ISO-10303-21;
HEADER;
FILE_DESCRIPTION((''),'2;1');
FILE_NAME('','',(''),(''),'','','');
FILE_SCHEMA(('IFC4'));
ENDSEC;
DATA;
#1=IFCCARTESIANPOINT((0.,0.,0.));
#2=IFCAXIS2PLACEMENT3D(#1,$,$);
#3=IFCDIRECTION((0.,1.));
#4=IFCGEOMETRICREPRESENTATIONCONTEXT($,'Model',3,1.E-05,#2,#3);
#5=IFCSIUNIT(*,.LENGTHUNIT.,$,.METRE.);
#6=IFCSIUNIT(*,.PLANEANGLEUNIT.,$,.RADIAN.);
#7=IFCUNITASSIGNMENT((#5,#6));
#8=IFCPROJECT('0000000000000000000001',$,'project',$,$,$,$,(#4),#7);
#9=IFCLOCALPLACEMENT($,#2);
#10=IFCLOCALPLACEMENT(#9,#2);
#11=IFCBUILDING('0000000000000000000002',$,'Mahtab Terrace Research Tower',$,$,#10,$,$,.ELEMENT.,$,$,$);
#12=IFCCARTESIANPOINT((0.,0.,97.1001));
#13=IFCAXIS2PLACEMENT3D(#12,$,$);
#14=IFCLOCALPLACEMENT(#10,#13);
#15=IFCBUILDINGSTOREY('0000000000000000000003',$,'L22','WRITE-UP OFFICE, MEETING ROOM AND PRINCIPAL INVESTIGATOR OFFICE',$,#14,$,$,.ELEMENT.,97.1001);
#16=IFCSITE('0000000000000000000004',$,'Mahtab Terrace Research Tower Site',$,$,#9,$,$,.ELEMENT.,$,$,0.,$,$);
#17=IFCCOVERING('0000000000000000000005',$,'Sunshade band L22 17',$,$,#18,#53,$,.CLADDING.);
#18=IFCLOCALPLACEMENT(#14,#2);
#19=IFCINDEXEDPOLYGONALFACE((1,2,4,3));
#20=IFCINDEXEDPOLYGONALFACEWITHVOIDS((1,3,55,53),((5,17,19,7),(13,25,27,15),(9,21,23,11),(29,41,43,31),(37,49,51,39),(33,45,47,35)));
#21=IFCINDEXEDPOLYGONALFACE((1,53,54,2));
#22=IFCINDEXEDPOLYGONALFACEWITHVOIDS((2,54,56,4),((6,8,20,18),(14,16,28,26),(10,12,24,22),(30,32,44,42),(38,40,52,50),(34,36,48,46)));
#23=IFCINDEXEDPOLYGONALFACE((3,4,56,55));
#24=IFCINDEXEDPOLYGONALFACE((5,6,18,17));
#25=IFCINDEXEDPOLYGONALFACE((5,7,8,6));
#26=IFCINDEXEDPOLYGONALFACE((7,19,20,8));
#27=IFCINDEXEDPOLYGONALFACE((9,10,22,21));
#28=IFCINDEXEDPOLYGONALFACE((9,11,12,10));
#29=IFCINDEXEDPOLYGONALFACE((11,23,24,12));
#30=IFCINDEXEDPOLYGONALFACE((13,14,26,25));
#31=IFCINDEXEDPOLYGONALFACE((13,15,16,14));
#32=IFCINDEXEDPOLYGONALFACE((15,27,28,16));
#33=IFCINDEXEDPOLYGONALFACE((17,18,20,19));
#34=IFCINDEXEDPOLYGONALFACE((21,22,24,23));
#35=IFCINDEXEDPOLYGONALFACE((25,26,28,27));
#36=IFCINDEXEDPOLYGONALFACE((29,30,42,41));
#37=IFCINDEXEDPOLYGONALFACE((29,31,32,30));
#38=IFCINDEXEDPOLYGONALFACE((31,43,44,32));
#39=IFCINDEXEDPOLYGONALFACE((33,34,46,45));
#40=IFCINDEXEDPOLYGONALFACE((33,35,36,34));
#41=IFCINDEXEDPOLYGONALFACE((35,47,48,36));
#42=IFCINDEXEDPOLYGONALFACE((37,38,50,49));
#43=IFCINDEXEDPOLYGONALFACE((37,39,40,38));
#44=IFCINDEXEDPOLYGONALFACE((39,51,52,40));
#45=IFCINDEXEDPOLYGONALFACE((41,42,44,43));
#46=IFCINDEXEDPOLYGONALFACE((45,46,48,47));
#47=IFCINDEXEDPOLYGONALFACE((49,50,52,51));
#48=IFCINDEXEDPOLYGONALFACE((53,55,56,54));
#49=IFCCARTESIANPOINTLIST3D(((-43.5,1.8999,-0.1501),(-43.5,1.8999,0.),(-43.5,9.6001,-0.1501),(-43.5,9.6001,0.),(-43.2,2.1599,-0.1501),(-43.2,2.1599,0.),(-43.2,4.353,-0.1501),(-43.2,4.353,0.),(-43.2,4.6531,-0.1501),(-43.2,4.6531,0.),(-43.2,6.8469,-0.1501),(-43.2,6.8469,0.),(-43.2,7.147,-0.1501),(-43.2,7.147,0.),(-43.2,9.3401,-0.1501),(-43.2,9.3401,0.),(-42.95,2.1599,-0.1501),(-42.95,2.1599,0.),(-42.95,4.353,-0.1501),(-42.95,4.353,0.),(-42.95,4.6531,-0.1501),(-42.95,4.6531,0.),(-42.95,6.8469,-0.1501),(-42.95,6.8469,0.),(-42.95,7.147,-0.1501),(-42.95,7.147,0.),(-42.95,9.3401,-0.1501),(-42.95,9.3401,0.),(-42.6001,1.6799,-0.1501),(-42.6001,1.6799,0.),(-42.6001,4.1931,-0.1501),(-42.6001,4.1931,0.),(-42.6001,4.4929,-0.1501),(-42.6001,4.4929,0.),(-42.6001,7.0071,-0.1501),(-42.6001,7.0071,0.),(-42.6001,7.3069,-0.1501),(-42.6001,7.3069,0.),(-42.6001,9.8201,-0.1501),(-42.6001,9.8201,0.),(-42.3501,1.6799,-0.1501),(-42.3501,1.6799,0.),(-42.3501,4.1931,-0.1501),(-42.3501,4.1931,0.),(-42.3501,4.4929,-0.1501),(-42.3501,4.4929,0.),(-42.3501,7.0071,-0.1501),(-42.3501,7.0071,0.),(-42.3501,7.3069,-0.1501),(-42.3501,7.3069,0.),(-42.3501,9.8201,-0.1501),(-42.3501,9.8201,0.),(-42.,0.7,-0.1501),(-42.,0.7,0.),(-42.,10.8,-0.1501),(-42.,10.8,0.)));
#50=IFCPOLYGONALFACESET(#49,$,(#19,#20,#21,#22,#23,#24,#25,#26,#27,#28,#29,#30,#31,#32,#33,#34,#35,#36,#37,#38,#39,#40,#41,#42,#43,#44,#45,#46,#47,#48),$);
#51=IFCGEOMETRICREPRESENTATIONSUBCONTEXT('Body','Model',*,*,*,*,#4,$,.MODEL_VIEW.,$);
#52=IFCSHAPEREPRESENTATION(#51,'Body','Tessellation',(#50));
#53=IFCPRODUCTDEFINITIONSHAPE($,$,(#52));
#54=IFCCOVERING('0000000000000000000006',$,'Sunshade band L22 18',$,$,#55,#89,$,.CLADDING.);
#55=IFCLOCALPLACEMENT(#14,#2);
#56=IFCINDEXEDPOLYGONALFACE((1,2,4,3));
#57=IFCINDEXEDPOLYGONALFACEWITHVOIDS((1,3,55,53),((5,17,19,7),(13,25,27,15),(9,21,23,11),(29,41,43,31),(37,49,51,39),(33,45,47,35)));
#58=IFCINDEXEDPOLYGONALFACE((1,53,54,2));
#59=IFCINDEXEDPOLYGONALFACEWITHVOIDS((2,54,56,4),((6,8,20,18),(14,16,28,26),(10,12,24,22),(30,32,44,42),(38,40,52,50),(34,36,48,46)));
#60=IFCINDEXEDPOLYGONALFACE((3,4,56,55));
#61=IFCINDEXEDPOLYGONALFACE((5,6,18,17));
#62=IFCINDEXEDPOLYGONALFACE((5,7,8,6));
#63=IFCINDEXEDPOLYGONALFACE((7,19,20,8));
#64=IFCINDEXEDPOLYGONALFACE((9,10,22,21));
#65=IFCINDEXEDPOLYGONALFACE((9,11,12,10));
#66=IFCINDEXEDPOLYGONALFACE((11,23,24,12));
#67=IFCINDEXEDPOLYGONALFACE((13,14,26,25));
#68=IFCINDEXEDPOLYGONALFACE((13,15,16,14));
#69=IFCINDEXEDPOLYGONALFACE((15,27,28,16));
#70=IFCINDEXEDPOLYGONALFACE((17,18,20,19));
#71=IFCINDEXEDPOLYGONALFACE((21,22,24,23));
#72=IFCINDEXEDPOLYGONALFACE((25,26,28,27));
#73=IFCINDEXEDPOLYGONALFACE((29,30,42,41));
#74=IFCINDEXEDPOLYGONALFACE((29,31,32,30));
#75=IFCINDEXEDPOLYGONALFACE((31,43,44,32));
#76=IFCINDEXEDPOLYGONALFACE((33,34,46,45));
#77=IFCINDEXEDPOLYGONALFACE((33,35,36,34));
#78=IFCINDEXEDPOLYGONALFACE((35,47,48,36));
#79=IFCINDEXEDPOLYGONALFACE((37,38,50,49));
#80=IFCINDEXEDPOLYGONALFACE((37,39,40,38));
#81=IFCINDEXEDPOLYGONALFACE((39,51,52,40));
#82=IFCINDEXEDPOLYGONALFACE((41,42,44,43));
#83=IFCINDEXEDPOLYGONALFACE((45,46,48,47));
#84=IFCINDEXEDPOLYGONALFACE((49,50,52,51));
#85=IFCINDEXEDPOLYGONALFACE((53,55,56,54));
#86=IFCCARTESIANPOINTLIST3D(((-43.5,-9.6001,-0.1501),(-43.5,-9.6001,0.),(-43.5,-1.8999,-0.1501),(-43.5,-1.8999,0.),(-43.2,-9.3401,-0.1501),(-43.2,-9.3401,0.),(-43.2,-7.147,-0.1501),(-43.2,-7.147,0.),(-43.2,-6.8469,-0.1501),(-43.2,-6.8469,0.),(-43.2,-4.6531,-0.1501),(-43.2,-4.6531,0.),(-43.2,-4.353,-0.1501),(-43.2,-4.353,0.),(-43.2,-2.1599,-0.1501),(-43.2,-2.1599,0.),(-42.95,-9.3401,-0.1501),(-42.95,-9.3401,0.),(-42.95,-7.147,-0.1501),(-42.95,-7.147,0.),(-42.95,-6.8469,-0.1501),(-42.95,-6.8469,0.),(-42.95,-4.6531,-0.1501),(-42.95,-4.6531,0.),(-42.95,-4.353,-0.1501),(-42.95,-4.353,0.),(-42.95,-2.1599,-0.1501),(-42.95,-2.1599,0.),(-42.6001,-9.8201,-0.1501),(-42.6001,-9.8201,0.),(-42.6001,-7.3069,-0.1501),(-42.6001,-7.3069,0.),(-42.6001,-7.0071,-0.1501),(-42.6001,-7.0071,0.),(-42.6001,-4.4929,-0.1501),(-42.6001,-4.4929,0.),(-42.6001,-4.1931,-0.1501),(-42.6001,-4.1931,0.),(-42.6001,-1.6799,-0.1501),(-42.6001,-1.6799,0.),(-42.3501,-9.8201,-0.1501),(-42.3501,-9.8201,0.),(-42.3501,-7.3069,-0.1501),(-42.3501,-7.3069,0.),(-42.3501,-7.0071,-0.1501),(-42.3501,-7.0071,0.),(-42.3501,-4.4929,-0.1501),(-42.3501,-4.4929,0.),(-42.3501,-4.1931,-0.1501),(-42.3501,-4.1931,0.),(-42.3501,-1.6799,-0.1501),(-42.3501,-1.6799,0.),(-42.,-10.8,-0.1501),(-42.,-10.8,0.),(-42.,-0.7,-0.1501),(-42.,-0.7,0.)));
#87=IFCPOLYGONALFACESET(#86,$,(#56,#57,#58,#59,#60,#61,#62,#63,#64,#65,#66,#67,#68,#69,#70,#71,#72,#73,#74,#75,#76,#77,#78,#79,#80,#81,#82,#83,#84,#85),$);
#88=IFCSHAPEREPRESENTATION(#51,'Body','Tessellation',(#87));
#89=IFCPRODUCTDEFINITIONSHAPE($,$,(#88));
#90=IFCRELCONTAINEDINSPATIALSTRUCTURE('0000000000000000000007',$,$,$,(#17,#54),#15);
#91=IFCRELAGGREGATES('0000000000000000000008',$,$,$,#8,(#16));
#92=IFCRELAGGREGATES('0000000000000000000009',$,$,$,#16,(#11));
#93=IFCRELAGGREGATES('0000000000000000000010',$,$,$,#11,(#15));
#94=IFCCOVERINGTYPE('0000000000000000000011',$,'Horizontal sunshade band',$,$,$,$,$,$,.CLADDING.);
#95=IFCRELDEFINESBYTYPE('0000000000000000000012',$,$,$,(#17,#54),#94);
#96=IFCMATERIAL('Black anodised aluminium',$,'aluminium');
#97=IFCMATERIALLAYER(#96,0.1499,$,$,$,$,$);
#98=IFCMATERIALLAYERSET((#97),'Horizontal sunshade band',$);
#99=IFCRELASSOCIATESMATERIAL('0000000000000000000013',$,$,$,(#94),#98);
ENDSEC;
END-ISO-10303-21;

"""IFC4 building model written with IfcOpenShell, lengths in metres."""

from ifc_helpers import new_model, si_unit, direction, frame, origin, place, context, subcontext, project, spatial, polyline, outline, extrude, material, layer, layer_set, type_object, element, save


model = new_model("IFC4")

# Units and contexts
model_context = context("Model", 3, precision=1e-05, world=origin(), true_north=direction((0.0, 1.0)))
body_context = subcontext(model_context, "Body", "Model", "MODEL_VIEW")
ifc_project = project(units=[si_unit("LENGTHUNIT", "METRE"), si_unit("PLANEANGLEUNIT", "RADIAN")], contexts=[model_context])

# Site, building, storey
site_placement = place(None, origin())
site = spatial("IfcSite", under=ifc_project, at=site_placement, Name="Mahtab Terrace Research Tower Site", CompositionType="ELEMENT", RefElevation=0.0)
building_placement = place(site_placement, origin())
building = spatial("IfcBuilding", under=site, at=building_placement, Name="Mahtab Terrace Research Tower", CompositionType="ELEMENT")
storey_placement = place(building_placement, frame((0.0, 0.0, 97.1001)))
storey = spatial("IfcBuildingStorey", under=building, at=storey_placement, Name="L22", Description="WRITE-UP OFFICE, MEETING ROOM AND PRINCIPAL INVESTIGATOR OFFICE", CompositionType="ELEMENT", Elevation=97.1001)

# Coverings
ifc_material_1 = material(Name="Black anodised aluminium", Category="aluminium")
ifc_layer_1 = layer(ifc_material_1, 0.1499)
ifc_layer_set_1 = layer_set([ifc_layer_1], Name="Horizontal sunshade band")
covering_type_1 = type_object("IfcCoveringType", Name="Horizontal sunshade band", PredefinedType="CLADDING", material=ifc_layer_set_1)
covering_1_placement = place(storey_placement, frame((0.0, 0.0, -0.1501)))
element("IfcCovering", 1, at=covering_1_placement, inside=storey, type_object=covering_type_1, Name="Sunshade band L22 17", PredefinedType="CLADDING", context=body_context, shape_type="SweptSolid", body=[
    extrude(outline(polyline([(-42.0, 10.8), (-42.0, 0.7), (-43.5, 1.8999), (-43.5, 9.6001), (-42.0, 10.8)]), holes=[polyline([(-42.3501, 9.8201), (-42.3501, 7.3069), (-42.6001, 7.3069), (-42.6001, 9.8201), (-42.3501, 9.8201)]), polyline([(-42.3501, 7.0071), (-42.3501, 4.4929), (-42.6001, 4.4929), (-42.6001, 7.0071), (-42.3501, 7.0071)]), polyline([(-42.3501, 4.1931), (-42.3501, 1.6799), (-42.6001, 1.6799), (-42.6001, 4.1931), (-42.3501, 4.1931)]), polyline([(-42.95, 9.3401), (-42.95, 7.147), (-43.2, 7.147), (-43.2, 9.3401), (-42.95, 9.3401)]), polyline([(-42.95, 6.8469), (-42.95, 4.6531), (-43.2, 4.6531), (-43.2, 6.8469), (-42.95, 6.8469)]), polyline([(-42.95, 4.353), (-42.95, 2.1599), (-43.2, 2.1599), (-43.2, 4.353), (-42.95, 4.353)])]), origin(), (0.0, 0.0, 1.0), 0.1501),
])
covering_2_placement = place(storey_placement, frame((0.0, 0.0, -0.1501)))
element("IfcCovering", 2, at=covering_2_placement, inside=storey, type_object=covering_type_1, Name="Sunshade band L22 18", PredefinedType="CLADDING", context=body_context, shape_type="SweptSolid", body=[
    extrude(outline(polyline([(-42.0, -0.7), (-42.0, -10.8), (-43.5, -9.6001), (-43.5, -1.8999), (-42.0, -0.7)]), holes=[polyline([(-42.3501, -1.6799), (-42.3501, -4.1931), (-42.6001, -4.1931), (-42.6001, -1.6799), (-42.3501, -1.6799)]), polyline([(-42.3501, -4.4929), (-42.3501, -7.0071), (-42.6001, -7.0071), (-42.6001, -4.4929), (-42.3501, -4.4929)]), polyline([(-42.3501, -7.3069), (-42.3501, -9.8201), (-42.6001, -9.8201), (-42.6001, -7.3069), (-42.3501, -7.3069)]), polyline([(-42.95, -2.1599), (-42.95, -4.353), (-43.2, -4.353), (-43.2, -2.1599), (-42.95, -2.1599)]), polyline([(-42.95, -4.6531), (-42.95, -6.8469), (-43.2, -6.8469), (-43.2, -4.6531), (-42.95, -4.6531)]), polyline([(-42.95, -7.147), (-42.95, -9.3401), (-43.2, -9.3401), (-43.2, -7.147), (-42.95, -7.147)])]), origin(), (0.0, 0.0, 1.0), 0.1501),
])

save(model, "model.ifc")
